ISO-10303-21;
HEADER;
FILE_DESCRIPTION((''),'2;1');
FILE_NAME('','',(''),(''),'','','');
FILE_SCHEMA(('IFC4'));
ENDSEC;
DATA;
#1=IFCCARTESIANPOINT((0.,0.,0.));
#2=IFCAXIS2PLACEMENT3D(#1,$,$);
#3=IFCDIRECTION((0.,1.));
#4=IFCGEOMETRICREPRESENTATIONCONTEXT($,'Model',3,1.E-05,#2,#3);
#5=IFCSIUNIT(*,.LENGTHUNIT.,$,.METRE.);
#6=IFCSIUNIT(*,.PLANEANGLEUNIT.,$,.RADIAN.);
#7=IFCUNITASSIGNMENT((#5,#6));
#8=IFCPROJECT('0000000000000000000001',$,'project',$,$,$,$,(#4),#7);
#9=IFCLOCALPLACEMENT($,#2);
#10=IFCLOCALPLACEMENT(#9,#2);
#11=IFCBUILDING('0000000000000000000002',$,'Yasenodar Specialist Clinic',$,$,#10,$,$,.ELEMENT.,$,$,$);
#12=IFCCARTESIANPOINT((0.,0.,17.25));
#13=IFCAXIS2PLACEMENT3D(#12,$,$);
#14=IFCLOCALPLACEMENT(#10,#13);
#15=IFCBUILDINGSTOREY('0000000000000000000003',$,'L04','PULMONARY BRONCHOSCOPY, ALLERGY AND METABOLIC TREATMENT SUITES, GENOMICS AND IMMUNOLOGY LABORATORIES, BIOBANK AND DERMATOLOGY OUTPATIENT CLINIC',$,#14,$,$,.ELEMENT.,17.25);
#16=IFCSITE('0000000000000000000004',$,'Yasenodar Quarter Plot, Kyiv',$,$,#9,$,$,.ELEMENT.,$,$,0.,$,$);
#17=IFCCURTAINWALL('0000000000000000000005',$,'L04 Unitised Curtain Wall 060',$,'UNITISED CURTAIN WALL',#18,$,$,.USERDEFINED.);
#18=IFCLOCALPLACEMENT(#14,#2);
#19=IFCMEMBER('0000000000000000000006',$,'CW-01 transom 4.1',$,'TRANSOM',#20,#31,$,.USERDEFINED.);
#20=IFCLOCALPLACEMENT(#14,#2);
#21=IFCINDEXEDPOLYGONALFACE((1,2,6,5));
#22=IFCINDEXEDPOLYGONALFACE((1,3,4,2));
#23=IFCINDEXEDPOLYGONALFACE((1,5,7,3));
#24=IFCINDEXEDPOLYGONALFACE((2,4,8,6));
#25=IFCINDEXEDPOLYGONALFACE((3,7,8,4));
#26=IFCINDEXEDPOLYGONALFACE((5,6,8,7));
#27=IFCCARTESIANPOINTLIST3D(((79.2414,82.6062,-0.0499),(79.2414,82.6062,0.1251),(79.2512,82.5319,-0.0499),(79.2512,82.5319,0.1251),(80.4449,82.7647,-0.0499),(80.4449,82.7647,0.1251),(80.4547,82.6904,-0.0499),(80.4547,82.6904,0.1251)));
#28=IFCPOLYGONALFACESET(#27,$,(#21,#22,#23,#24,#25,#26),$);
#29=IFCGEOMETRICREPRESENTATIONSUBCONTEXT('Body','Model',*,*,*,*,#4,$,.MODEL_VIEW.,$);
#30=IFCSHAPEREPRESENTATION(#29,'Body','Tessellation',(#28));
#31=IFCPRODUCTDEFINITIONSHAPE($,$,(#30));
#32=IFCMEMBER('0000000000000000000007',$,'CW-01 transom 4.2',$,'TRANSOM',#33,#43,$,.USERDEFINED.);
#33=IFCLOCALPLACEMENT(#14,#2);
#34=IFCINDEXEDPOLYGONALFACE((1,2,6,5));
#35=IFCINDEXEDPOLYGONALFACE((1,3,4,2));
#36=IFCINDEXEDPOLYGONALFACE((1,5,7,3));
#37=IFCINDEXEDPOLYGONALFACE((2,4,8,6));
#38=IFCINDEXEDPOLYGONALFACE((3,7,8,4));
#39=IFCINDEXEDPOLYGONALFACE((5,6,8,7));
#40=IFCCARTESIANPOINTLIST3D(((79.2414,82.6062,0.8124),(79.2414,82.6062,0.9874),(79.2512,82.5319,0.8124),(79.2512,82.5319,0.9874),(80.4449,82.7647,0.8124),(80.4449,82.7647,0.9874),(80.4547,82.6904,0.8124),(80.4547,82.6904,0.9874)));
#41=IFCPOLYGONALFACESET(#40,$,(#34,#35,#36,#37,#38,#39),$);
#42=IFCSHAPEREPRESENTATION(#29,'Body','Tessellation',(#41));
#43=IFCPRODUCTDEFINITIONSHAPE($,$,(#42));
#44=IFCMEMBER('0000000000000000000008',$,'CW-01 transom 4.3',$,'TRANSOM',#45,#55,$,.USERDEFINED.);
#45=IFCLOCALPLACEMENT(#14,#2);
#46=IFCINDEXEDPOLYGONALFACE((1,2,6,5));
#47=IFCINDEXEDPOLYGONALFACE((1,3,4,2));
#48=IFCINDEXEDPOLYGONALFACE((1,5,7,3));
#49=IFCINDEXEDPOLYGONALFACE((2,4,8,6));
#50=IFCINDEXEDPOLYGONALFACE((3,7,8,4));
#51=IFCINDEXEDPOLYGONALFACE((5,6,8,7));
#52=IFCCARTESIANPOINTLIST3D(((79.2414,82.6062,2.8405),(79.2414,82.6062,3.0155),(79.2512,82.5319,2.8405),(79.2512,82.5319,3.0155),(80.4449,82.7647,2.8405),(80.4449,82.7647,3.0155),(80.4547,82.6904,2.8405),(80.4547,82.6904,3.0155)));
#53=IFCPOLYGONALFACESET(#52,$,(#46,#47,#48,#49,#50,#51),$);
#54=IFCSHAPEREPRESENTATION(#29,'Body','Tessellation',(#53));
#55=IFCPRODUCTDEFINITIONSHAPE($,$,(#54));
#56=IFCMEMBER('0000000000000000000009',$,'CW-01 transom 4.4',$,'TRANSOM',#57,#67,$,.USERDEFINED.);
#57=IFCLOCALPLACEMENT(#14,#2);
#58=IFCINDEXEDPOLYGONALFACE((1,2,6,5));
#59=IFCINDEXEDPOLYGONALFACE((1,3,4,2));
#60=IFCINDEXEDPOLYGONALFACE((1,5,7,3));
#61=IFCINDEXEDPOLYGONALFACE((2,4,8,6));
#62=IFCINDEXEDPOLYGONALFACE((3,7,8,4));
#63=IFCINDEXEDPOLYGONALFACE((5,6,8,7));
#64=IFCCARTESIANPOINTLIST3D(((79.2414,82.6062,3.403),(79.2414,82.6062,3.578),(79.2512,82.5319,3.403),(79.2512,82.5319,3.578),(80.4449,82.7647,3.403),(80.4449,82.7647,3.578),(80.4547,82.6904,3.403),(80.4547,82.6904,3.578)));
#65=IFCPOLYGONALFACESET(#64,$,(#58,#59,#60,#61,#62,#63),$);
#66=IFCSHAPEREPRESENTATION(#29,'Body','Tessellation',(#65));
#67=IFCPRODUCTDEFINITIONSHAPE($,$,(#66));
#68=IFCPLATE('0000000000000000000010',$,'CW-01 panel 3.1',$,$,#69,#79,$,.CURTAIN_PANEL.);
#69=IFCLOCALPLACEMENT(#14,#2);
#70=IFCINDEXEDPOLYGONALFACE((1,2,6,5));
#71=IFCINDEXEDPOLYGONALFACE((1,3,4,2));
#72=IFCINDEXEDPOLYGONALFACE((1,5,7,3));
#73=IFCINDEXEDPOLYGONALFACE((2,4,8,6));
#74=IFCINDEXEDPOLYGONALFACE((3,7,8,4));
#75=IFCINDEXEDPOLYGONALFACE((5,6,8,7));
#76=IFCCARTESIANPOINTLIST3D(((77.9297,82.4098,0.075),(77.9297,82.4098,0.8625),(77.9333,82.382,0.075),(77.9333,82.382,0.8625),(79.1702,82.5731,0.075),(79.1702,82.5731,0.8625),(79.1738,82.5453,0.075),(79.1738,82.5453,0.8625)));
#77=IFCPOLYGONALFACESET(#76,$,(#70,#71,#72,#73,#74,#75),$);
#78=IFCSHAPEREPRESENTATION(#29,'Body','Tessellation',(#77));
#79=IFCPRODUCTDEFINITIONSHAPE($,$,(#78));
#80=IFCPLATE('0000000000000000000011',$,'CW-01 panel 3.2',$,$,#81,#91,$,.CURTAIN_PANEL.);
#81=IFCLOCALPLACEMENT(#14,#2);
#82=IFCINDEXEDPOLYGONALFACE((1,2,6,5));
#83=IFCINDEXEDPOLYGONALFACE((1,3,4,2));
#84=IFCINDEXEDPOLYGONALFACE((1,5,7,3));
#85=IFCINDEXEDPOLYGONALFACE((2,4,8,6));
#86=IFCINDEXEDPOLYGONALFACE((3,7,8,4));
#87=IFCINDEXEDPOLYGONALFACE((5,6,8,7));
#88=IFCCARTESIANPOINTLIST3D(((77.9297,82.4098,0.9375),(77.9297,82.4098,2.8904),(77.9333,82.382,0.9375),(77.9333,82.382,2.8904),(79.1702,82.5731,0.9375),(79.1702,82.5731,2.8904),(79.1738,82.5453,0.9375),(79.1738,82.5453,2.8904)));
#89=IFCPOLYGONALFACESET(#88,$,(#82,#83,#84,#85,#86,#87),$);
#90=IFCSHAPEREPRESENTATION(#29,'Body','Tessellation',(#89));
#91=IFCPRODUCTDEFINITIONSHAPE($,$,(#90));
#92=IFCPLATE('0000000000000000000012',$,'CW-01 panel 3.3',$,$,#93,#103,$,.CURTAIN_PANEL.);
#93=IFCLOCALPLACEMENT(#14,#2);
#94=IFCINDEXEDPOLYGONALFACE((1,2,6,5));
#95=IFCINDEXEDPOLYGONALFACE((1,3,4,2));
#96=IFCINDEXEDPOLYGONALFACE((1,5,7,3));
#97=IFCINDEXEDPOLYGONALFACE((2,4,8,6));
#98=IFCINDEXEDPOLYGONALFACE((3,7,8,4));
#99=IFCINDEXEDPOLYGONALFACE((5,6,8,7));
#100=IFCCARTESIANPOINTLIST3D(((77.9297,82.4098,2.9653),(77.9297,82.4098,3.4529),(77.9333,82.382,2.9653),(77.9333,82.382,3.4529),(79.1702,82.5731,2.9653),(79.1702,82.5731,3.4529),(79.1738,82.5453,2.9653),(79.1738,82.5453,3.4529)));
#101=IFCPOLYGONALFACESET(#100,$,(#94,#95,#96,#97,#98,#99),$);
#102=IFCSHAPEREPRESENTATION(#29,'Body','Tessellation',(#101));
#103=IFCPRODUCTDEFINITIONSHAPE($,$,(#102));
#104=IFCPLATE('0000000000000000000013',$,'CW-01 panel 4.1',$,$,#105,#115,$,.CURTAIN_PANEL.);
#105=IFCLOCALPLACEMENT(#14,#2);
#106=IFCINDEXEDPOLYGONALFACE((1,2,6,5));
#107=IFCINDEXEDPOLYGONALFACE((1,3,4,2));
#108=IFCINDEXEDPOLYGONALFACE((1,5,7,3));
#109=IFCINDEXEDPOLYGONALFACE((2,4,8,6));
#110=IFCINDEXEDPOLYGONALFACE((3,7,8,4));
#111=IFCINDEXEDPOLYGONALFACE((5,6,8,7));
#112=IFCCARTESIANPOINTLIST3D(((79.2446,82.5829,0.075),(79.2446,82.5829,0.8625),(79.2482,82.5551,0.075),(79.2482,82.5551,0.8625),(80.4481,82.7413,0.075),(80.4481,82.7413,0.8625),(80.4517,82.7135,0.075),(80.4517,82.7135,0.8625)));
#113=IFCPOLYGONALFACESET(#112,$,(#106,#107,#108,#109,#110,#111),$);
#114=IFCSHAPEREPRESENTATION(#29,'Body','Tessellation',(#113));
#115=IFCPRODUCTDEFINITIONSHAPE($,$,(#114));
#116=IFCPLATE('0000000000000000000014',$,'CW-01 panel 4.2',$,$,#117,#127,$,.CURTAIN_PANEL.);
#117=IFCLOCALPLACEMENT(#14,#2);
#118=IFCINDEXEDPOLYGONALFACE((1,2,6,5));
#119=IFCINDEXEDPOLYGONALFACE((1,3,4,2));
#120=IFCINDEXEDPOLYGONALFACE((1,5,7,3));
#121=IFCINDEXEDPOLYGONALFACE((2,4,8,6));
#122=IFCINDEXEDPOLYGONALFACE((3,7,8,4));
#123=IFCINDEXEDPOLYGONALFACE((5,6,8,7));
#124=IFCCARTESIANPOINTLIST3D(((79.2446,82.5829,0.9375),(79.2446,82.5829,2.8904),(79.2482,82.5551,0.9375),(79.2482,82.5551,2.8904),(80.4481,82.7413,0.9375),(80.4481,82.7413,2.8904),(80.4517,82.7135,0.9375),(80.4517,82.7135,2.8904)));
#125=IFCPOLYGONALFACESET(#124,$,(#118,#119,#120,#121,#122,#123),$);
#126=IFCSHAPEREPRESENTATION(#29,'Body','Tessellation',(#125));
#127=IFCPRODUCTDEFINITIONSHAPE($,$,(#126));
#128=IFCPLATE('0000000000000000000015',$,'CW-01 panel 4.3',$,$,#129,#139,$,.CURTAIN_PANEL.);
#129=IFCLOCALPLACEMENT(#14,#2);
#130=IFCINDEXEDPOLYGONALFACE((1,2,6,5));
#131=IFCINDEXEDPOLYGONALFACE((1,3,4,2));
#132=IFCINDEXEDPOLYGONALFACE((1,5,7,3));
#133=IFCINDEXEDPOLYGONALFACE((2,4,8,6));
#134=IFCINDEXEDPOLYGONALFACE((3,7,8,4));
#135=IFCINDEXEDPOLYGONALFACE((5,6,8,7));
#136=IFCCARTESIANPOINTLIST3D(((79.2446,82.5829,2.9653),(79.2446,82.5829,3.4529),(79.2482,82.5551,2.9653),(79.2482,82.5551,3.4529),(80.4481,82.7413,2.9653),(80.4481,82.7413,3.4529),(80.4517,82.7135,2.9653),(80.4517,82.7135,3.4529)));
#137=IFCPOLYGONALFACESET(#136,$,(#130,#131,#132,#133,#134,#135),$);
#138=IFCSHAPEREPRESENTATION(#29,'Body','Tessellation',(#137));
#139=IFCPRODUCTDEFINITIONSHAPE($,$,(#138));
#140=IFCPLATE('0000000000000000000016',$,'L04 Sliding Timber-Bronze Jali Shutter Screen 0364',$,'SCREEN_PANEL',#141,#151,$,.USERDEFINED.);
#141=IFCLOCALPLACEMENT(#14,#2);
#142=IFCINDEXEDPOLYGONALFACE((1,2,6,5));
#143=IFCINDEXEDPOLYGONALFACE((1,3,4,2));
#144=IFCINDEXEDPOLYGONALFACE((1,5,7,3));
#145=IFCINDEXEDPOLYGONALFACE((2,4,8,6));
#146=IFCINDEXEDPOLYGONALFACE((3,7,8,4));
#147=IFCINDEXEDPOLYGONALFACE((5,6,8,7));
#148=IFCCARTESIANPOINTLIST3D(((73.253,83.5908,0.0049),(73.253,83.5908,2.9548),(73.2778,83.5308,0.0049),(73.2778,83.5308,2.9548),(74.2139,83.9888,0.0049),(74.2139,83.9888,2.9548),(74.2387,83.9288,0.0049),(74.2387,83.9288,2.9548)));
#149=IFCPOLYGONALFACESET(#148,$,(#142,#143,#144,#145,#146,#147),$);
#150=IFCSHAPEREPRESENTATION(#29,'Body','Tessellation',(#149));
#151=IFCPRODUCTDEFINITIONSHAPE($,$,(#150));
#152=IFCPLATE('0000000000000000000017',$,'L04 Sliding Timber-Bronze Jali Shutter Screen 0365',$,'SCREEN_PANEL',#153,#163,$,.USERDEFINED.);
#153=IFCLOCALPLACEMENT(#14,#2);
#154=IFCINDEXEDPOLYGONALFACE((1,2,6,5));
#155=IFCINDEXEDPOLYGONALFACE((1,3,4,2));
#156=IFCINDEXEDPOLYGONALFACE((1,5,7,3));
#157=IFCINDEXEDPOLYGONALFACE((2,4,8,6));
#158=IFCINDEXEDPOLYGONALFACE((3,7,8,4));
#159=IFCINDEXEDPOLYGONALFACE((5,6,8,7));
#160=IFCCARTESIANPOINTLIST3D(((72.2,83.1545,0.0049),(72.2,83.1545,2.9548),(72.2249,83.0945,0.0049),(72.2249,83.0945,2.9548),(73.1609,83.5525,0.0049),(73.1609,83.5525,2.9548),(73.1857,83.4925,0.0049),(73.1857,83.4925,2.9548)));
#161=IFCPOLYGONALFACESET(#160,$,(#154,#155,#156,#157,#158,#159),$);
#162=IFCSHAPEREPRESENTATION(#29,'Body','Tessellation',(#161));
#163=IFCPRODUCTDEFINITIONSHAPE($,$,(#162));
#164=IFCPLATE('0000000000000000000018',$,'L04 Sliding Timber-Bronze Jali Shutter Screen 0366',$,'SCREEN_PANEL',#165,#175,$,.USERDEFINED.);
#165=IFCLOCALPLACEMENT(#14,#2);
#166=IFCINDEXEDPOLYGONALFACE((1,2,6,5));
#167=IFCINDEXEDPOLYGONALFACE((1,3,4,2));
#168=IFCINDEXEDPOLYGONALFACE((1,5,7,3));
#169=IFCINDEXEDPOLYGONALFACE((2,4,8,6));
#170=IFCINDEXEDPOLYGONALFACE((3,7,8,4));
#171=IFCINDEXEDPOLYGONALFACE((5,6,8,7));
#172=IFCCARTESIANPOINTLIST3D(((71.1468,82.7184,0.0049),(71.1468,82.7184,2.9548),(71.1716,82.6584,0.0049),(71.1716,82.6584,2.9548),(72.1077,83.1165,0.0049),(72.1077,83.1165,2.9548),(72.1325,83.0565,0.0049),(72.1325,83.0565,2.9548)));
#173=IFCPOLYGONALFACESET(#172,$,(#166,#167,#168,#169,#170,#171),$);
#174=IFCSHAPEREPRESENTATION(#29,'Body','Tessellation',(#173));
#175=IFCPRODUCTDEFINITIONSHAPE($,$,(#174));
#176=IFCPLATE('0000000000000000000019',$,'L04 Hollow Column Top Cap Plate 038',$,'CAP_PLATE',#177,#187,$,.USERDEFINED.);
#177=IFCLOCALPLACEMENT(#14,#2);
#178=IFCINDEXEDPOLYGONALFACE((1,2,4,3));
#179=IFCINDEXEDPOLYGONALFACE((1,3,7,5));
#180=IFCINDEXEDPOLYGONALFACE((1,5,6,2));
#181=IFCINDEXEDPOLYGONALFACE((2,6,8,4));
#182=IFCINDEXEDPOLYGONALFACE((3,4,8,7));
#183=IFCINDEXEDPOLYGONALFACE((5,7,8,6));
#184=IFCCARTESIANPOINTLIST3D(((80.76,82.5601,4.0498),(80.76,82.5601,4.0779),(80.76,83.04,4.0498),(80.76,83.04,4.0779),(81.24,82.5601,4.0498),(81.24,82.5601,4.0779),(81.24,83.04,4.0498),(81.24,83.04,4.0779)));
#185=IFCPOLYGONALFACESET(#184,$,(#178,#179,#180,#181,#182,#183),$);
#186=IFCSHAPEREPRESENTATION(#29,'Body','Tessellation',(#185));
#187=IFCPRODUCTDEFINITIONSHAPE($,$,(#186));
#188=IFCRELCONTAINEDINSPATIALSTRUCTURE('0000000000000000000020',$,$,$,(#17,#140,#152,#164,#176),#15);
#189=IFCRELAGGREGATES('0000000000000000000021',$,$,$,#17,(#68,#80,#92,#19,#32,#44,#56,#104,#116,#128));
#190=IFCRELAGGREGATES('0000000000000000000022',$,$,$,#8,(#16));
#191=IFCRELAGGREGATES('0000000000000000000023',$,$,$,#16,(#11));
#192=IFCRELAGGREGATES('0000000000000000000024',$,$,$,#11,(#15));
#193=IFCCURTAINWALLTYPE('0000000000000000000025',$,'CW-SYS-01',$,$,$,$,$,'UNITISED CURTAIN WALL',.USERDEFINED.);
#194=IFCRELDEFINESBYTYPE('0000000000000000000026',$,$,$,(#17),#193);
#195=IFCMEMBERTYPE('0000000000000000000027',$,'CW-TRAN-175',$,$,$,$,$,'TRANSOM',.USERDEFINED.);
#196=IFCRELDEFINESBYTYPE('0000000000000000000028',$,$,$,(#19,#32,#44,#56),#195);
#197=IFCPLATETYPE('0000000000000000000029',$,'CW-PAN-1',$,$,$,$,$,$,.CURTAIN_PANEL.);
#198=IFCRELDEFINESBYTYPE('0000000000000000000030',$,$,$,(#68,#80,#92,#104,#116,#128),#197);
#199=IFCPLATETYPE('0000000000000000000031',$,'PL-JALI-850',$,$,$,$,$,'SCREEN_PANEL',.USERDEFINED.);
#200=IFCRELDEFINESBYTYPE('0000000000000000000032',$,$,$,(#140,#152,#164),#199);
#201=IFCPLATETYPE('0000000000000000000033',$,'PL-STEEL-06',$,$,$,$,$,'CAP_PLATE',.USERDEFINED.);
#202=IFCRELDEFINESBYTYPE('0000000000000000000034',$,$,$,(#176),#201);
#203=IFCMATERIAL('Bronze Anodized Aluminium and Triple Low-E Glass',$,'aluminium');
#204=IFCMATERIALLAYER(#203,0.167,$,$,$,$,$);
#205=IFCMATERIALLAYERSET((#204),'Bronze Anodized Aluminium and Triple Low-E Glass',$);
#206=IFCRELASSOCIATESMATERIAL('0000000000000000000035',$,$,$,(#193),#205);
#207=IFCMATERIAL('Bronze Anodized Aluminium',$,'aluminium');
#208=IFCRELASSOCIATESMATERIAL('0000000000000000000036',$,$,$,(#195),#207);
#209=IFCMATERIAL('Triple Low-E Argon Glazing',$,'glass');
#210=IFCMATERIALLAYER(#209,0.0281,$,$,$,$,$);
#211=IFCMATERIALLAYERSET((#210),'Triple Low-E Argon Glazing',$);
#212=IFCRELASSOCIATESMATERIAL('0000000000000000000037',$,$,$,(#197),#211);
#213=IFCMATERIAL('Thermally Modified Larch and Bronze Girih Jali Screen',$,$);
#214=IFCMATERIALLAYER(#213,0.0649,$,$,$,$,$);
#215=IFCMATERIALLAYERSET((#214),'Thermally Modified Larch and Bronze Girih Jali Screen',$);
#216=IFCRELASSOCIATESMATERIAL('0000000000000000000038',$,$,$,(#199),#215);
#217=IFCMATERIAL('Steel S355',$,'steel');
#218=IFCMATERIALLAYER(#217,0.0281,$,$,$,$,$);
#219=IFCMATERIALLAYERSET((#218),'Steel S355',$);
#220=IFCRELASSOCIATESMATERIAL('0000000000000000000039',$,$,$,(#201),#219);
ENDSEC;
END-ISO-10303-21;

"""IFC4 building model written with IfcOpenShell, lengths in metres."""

from ifc_helpers import new_model, si_unit, direction, frame, origin, origin_2d, place, context, subcontext, project, spatial, rectangle, extrude, material, layer, layer_set, material_profile, profile_set, type_object, element, aggregate, save


model = new_model("IFC4")

# Units and contexts
model_context = context("Model", 3, precision=1e-05, world=origin(), true_north=direction((0.0, 1.0)))
body_context = subcontext(model_context, "Body", "Model", "MODEL_VIEW")
ifc_project = project(units=[si_unit("LENGTHUNIT", "METRE"), si_unit("PLANEANGLEUNIT", "RADIAN")], contexts=[model_context])

# Site, building, storey
site_placement = place(None, origin())
site = spatial("IfcSite", under=ifc_project, at=site_placement, Name="Yasenodar Quarter Plot, Kyiv", CompositionType="ELEMENT", RefElevation=0.0)
building_placement = place(site_placement, origin())
building = spatial("IfcBuilding", under=site, at=building_placement, Name="Yasenodar Specialist Clinic", CompositionType="ELEMENT")
storey_placement = place(building_placement, frame((0.0, 0.0, 17.25)))
storey = spatial("IfcBuildingStorey", under=building, at=storey_placement, Name="L04", Description="PULMONARY BRONCHOSCOPY, ALLERGY AND METABOLIC TREATMENT SUITES, GENOMICS AND IMMUNOLOGY LABORATORIES, BIOBANK AND DERMATOLOGY OUTPATIENT CLINIC", CompositionType="ELEMENT", Elevation=17.25)

# Shared definitions
ifc_material_1 = material(Name="Steel S355", Category="steel")

# Shared definitions
ifc_material_2 = material(Name="Bronze Anodized Aluminium and Triple Low-E Glass", Category="aluminium")
ifc_layer_1 = layer(ifc_material_2, 0.167)
ifc_layer_set_1 = layer_set([ifc_layer_1], Name="Bronze Anodized Aluminium and Triple Low-E Glass")
curtain_wall_type = type_object("IfcCurtainWallType", Name="CW-SYS-01", ElementType="UNITISED CURTAIN WALL", PredefinedType="USERDEFINED", material=ifc_layer_set_1)
ifc_material_3 = material(Name="Bronze Anodized Aluminium", Category="aluminium")

# Curtain wall
curtain_wall_1_placement = place(storey_placement, origin())
curtain_wall_1 = element("IfcCurtainWall", 1, at=curtain_wall_1_placement, inside=storey, type_object=curtain_wall_type, Name="L04 Unitised Curtain Wall 060", ObjectType="UNITISED CURTAIN WALL", PredefinedType="USERDEFINED")

# Members
ifc_material_profile_1 = material_profile(ifc_material_3, rectangle(XDim=0.075, YDim=0.175, at=origin_2d()), Name="CW-TRAN 75x175")
ifc_profile_set_1 = profile_set([ifc_material_profile_1], Name="Bronze Anodized Aluminium")
member_type_1 = type_object("IfcMemberType", Name="CW-TRAN-175", ElementType="TRANSOM", PredefinedType="USERDEFINED", material=ifc_profile_set_1)
member_1_placement = place(storey_placement, frame((79.2463, 82.5691, 0.0376), z_axis=(0.991443, 0.130543, 0.0), x_axis=(-0.130543, 0.991443, 0.0)))
member_1 = element("IfcMember", 2, at=member_1_placement, type_object=member_type_1, Name="CW-01 transom 4.1", ObjectType="TRANSOM", PredefinedType="USERDEFINED", context=body_context, shape_type="SweptSolid", body=[
    extrude(rectangle(XDim=0.075, YDim=0.175, at=origin_2d()), origin(), (0.0, 0.0, 1.0), 1.2139),
])
member_2_placement = place(storey_placement, frame((79.2463, 82.5691, 0.8999), z_axis=(0.991443, 0.130543, 0.0), x_axis=(-0.130543, 0.991443, 0.0)))
member_2 = element("IfcMember", 3, at=member_2_placement, type_object=member_type_1, Name="CW-01 transom 4.2", ObjectType="TRANSOM", PredefinedType="USERDEFINED", context=body_context, shape_type="SweptSolid", body=[
    extrude(rectangle(XDim=0.075, YDim=0.175, at=origin_2d()), origin(), (0.0, 0.0, 1.0), 1.2139),
])
member_3_placement = place(storey_placement, frame((79.2463, 82.5691, 2.928), z_axis=(0.991443, 0.130543, 0.0), x_axis=(-0.130543, 0.991443, 0.0)))
member_3 = element("IfcMember", 4, at=member_3_placement, type_object=member_type_1, Name="CW-01 transom 4.3", ObjectType="TRANSOM", PredefinedType="USERDEFINED", context=body_context, shape_type="SweptSolid", body=[
    extrude(rectangle(XDim=0.075, YDim=0.175, at=origin_2d()), origin(), (0.0, 0.0, 1.0), 1.2139),
])
member_4_placement = place(storey_placement, frame((79.2463, 82.5691, 3.4905), z_axis=(0.991443, 0.130543, 0.0), x_axis=(-0.130543, 0.991443, 0.0)))
member_4 = element("IfcMember", 5, at=member_4_placement, type_object=member_type_1, Name="CW-01 transom 4.4", ObjectType="TRANSOM", PredefinedType="USERDEFINED", context=body_context, shape_type="SweptSolid", body=[
    extrude(rectangle(XDim=0.075, YDim=0.175, at=origin_2d()), origin(), (0.0, 0.0, 1.0), 1.2139),
])

# Plates
ifc_material_4 = material(Name="Triple Low-E Argon Glazing", Category="glass")
ifc_layer_2 = layer(ifc_material_4, 0.0281)
ifc_layer_set_2 = layer_set([ifc_layer_2], Name="Triple Low-E Argon Glazing")
plate_type_1 = type_object("IfcPlateType", Name="CW-PAN-1", PredefinedType="CURTAIN_PANEL", material=ifc_layer_set_2)
plate_1_placement = place(storey_placement, frame((78.5518, 82.4775, 0.075), z_axis=(0.0, 0.0, 1.0), x_axis=(0.991447, 0.130512, 0.0)))
plate_1 = element("IfcPlate", 6, at=plate_1_placement, type_object=plate_type_1, Name="CW-01 panel 3.1", PredefinedType="CURTAIN_PANEL", context=body_context, shape_type="SweptSolid", body=[
    extrude(rectangle(XDim=1.2512, YDim=0.0281, at=origin_2d()), origin(), (0.0, 0.0, 1.0), 0.7876),
])
plate_2_placement = place(storey_placement, frame((78.5518, 82.4775, 0.9375), z_axis=(0.0, 0.0, 1.0), x_axis=(0.991447, 0.130512, 0.0)))
plate_2 = element("IfcPlate", 7, at=plate_2_placement, type_object=plate_type_1, Name="CW-01 panel 3.2", PredefinedType="CURTAIN_PANEL", context=body_context, shape_type="SweptSolid", body=[
    extrude(rectangle(XDim=1.2512, YDim=0.0281, at=origin_2d()), origin(), (0.0, 0.0, 1.0), 1.9529),
])
plate_3_placement = place(storey_placement, frame((78.5518, 82.4775, 2.9653), z_axis=(0.0, 0.0, 1.0), x_axis=(0.991447, 0.130512, 0.0)))
plate_3 = element("IfcPlate", 8, at=plate_3_placement, type_object=plate_type_1, Name="CW-01 panel 3.3", PredefinedType="CURTAIN_PANEL", context=body_context, shape_type="SweptSolid", body=[
    extrude(rectangle(XDim=1.2512, YDim=0.0281, at=origin_2d()), origin(), (0.0, 0.0, 1.0), 0.4875),
])
plate_4_placement = place(storey_placement, frame((79.8481, 82.6482, 0.075), z_axis=(0.0, 0.0, 1.0), x_axis=(0.991447, 0.130512, 0.0)))
plate_4 = element("IfcPlate", 9, at=plate_4_placement, type_object=plate_type_1, Name="CW-01 panel 4.1", PredefinedType="CURTAIN_PANEL", context=body_context, shape_type="SweptSolid", body=[
    extrude(rectangle(XDim=1.2139, YDim=0.0281, at=origin_2d()), origin(), (0.0, 0.0, 1.0), 0.7876),
])
plate_5_placement = place(storey_placement, frame((79.8481, 82.6482, 0.9375), z_axis=(0.0, 0.0, 1.0), x_axis=(0.991447, 0.130512, 0.0)))
plate_5 = element("IfcPlate", 10, at=plate_5_placement, type_object=plate_type_1, Name="CW-01 panel 4.2", PredefinedType="CURTAIN_PANEL", context=body_context, shape_type="SweptSolid", body=[
    extrude(rectangle(XDim=1.2139, YDim=0.0281, at=origin_2d()), origin(), (0.0, 0.0, 1.0), 1.9529),
])
plate_6_placement = place(storey_placement, frame((79.8481, 82.6482, 2.9653), z_axis=(0.0, 0.0, 1.0), x_axis=(0.991447, 0.130512, 0.0)))
plate_6 = element("IfcPlate", 11, at=plate_6_placement, type_object=plate_type_1, Name="CW-01 panel 4.3", PredefinedType="CURTAIN_PANEL", context=body_context, shape_type="SweptSolid", body=[
    extrude(rectangle(XDim=1.2139, YDim=0.0281, at=origin_2d()), origin(), (0.0, 0.0, 1.0), 0.4875),
])
aggregate(curtain_wall_1, [plate_1, plate_2, plate_3, member_1, member_2, member_3, member_4, plate_4, plate_5, plate_6])

# Plates
ifc_material_5 = material(Name="Thermally Modified Larch and Bronze Girih Jali Screen")
ifc_layer_3 = layer(ifc_material_5, 0.0649)
ifc_layer_set_3 = layer_set([ifc_layer_3], Name="Thermally Modified Larch and Bronze Girih Jali Screen")
plate_type_2 = type_object("IfcPlateType", Name="PL-JALI-850", ElementType="SCREEN_PANEL", PredefinedType="USERDEFINED", material=ifc_layer_set_3)
for number, where, z_axis, x_axis, name in (
    (12, (73.7458, 83.7598, 0.0049), (0.0, 0.0, 1.0), (-0.923878, -0.382687, 0.0), "L04 Sliding Timber-Bronze Jali Shutter Screen 0364"),
    (13, (72.6929, 83.3235, 0.0049), (0.0, 0.0, 1.0), (-0.923878, -0.382687, 0.0), "L04 Sliding Timber-Bronze Jali Shutter Screen 0365"),
    (14, (71.6396, 82.8875, 0.0049), (0.0, 0.0, 1.0), (-0.923878, -0.382687, 0.0), "L04 Sliding Timber-Bronze Jali Shutter Screen 0366"),
):
    element("IfcPlate", number, at=place(storey_placement, frame(where, z_axis=z_axis, x_axis=x_axis)), inside=storey, type_object=plate_type_2, Name=name, ObjectType="SCREEN_PANEL", PredefinedType="USERDEFINED", context=body_context, shape_type="SweptSolid", body=[
        extrude(rectangle(XDim=1.04, YDim=0.0649, at=origin_2d()), origin(), (0.0, 0.0, 1.0), 2.95),
    ])
ifc_layer_4 = layer(ifc_material_1, 0.0281)
ifc_layer_set_4 = layer_set([ifc_layer_4], Name="Steel S355")
plate_type_3 = type_object("IfcPlateType", Name="PL-STEEL-06", ElementType="CAP_PLATE", PredefinedType="USERDEFINED", material=ifc_layer_set_4)
plate_7_placement = place(storey_placement, frame((81.0, 82.8, 4.0498), z_axis=(0.0, 0.0, 1.0), x_axis=(1.0, 0.0, 0.0)))
element("IfcPlate", 15, at=plate_7_placement, inside=storey, type_object=plate_type_3, Name="L04 Hollow Column Top Cap Plate 038", ObjectType="CAP_PLATE", PredefinedType="USERDEFINED", context=body_context, shape_type="SweptSolid", body=[
    extrude(rectangle(XDim=0.48, YDim=0.48, at=origin_2d()), origin(), (0.0, 0.0, 1.0), 0.0281),
])

save(model, "model.ifc")
